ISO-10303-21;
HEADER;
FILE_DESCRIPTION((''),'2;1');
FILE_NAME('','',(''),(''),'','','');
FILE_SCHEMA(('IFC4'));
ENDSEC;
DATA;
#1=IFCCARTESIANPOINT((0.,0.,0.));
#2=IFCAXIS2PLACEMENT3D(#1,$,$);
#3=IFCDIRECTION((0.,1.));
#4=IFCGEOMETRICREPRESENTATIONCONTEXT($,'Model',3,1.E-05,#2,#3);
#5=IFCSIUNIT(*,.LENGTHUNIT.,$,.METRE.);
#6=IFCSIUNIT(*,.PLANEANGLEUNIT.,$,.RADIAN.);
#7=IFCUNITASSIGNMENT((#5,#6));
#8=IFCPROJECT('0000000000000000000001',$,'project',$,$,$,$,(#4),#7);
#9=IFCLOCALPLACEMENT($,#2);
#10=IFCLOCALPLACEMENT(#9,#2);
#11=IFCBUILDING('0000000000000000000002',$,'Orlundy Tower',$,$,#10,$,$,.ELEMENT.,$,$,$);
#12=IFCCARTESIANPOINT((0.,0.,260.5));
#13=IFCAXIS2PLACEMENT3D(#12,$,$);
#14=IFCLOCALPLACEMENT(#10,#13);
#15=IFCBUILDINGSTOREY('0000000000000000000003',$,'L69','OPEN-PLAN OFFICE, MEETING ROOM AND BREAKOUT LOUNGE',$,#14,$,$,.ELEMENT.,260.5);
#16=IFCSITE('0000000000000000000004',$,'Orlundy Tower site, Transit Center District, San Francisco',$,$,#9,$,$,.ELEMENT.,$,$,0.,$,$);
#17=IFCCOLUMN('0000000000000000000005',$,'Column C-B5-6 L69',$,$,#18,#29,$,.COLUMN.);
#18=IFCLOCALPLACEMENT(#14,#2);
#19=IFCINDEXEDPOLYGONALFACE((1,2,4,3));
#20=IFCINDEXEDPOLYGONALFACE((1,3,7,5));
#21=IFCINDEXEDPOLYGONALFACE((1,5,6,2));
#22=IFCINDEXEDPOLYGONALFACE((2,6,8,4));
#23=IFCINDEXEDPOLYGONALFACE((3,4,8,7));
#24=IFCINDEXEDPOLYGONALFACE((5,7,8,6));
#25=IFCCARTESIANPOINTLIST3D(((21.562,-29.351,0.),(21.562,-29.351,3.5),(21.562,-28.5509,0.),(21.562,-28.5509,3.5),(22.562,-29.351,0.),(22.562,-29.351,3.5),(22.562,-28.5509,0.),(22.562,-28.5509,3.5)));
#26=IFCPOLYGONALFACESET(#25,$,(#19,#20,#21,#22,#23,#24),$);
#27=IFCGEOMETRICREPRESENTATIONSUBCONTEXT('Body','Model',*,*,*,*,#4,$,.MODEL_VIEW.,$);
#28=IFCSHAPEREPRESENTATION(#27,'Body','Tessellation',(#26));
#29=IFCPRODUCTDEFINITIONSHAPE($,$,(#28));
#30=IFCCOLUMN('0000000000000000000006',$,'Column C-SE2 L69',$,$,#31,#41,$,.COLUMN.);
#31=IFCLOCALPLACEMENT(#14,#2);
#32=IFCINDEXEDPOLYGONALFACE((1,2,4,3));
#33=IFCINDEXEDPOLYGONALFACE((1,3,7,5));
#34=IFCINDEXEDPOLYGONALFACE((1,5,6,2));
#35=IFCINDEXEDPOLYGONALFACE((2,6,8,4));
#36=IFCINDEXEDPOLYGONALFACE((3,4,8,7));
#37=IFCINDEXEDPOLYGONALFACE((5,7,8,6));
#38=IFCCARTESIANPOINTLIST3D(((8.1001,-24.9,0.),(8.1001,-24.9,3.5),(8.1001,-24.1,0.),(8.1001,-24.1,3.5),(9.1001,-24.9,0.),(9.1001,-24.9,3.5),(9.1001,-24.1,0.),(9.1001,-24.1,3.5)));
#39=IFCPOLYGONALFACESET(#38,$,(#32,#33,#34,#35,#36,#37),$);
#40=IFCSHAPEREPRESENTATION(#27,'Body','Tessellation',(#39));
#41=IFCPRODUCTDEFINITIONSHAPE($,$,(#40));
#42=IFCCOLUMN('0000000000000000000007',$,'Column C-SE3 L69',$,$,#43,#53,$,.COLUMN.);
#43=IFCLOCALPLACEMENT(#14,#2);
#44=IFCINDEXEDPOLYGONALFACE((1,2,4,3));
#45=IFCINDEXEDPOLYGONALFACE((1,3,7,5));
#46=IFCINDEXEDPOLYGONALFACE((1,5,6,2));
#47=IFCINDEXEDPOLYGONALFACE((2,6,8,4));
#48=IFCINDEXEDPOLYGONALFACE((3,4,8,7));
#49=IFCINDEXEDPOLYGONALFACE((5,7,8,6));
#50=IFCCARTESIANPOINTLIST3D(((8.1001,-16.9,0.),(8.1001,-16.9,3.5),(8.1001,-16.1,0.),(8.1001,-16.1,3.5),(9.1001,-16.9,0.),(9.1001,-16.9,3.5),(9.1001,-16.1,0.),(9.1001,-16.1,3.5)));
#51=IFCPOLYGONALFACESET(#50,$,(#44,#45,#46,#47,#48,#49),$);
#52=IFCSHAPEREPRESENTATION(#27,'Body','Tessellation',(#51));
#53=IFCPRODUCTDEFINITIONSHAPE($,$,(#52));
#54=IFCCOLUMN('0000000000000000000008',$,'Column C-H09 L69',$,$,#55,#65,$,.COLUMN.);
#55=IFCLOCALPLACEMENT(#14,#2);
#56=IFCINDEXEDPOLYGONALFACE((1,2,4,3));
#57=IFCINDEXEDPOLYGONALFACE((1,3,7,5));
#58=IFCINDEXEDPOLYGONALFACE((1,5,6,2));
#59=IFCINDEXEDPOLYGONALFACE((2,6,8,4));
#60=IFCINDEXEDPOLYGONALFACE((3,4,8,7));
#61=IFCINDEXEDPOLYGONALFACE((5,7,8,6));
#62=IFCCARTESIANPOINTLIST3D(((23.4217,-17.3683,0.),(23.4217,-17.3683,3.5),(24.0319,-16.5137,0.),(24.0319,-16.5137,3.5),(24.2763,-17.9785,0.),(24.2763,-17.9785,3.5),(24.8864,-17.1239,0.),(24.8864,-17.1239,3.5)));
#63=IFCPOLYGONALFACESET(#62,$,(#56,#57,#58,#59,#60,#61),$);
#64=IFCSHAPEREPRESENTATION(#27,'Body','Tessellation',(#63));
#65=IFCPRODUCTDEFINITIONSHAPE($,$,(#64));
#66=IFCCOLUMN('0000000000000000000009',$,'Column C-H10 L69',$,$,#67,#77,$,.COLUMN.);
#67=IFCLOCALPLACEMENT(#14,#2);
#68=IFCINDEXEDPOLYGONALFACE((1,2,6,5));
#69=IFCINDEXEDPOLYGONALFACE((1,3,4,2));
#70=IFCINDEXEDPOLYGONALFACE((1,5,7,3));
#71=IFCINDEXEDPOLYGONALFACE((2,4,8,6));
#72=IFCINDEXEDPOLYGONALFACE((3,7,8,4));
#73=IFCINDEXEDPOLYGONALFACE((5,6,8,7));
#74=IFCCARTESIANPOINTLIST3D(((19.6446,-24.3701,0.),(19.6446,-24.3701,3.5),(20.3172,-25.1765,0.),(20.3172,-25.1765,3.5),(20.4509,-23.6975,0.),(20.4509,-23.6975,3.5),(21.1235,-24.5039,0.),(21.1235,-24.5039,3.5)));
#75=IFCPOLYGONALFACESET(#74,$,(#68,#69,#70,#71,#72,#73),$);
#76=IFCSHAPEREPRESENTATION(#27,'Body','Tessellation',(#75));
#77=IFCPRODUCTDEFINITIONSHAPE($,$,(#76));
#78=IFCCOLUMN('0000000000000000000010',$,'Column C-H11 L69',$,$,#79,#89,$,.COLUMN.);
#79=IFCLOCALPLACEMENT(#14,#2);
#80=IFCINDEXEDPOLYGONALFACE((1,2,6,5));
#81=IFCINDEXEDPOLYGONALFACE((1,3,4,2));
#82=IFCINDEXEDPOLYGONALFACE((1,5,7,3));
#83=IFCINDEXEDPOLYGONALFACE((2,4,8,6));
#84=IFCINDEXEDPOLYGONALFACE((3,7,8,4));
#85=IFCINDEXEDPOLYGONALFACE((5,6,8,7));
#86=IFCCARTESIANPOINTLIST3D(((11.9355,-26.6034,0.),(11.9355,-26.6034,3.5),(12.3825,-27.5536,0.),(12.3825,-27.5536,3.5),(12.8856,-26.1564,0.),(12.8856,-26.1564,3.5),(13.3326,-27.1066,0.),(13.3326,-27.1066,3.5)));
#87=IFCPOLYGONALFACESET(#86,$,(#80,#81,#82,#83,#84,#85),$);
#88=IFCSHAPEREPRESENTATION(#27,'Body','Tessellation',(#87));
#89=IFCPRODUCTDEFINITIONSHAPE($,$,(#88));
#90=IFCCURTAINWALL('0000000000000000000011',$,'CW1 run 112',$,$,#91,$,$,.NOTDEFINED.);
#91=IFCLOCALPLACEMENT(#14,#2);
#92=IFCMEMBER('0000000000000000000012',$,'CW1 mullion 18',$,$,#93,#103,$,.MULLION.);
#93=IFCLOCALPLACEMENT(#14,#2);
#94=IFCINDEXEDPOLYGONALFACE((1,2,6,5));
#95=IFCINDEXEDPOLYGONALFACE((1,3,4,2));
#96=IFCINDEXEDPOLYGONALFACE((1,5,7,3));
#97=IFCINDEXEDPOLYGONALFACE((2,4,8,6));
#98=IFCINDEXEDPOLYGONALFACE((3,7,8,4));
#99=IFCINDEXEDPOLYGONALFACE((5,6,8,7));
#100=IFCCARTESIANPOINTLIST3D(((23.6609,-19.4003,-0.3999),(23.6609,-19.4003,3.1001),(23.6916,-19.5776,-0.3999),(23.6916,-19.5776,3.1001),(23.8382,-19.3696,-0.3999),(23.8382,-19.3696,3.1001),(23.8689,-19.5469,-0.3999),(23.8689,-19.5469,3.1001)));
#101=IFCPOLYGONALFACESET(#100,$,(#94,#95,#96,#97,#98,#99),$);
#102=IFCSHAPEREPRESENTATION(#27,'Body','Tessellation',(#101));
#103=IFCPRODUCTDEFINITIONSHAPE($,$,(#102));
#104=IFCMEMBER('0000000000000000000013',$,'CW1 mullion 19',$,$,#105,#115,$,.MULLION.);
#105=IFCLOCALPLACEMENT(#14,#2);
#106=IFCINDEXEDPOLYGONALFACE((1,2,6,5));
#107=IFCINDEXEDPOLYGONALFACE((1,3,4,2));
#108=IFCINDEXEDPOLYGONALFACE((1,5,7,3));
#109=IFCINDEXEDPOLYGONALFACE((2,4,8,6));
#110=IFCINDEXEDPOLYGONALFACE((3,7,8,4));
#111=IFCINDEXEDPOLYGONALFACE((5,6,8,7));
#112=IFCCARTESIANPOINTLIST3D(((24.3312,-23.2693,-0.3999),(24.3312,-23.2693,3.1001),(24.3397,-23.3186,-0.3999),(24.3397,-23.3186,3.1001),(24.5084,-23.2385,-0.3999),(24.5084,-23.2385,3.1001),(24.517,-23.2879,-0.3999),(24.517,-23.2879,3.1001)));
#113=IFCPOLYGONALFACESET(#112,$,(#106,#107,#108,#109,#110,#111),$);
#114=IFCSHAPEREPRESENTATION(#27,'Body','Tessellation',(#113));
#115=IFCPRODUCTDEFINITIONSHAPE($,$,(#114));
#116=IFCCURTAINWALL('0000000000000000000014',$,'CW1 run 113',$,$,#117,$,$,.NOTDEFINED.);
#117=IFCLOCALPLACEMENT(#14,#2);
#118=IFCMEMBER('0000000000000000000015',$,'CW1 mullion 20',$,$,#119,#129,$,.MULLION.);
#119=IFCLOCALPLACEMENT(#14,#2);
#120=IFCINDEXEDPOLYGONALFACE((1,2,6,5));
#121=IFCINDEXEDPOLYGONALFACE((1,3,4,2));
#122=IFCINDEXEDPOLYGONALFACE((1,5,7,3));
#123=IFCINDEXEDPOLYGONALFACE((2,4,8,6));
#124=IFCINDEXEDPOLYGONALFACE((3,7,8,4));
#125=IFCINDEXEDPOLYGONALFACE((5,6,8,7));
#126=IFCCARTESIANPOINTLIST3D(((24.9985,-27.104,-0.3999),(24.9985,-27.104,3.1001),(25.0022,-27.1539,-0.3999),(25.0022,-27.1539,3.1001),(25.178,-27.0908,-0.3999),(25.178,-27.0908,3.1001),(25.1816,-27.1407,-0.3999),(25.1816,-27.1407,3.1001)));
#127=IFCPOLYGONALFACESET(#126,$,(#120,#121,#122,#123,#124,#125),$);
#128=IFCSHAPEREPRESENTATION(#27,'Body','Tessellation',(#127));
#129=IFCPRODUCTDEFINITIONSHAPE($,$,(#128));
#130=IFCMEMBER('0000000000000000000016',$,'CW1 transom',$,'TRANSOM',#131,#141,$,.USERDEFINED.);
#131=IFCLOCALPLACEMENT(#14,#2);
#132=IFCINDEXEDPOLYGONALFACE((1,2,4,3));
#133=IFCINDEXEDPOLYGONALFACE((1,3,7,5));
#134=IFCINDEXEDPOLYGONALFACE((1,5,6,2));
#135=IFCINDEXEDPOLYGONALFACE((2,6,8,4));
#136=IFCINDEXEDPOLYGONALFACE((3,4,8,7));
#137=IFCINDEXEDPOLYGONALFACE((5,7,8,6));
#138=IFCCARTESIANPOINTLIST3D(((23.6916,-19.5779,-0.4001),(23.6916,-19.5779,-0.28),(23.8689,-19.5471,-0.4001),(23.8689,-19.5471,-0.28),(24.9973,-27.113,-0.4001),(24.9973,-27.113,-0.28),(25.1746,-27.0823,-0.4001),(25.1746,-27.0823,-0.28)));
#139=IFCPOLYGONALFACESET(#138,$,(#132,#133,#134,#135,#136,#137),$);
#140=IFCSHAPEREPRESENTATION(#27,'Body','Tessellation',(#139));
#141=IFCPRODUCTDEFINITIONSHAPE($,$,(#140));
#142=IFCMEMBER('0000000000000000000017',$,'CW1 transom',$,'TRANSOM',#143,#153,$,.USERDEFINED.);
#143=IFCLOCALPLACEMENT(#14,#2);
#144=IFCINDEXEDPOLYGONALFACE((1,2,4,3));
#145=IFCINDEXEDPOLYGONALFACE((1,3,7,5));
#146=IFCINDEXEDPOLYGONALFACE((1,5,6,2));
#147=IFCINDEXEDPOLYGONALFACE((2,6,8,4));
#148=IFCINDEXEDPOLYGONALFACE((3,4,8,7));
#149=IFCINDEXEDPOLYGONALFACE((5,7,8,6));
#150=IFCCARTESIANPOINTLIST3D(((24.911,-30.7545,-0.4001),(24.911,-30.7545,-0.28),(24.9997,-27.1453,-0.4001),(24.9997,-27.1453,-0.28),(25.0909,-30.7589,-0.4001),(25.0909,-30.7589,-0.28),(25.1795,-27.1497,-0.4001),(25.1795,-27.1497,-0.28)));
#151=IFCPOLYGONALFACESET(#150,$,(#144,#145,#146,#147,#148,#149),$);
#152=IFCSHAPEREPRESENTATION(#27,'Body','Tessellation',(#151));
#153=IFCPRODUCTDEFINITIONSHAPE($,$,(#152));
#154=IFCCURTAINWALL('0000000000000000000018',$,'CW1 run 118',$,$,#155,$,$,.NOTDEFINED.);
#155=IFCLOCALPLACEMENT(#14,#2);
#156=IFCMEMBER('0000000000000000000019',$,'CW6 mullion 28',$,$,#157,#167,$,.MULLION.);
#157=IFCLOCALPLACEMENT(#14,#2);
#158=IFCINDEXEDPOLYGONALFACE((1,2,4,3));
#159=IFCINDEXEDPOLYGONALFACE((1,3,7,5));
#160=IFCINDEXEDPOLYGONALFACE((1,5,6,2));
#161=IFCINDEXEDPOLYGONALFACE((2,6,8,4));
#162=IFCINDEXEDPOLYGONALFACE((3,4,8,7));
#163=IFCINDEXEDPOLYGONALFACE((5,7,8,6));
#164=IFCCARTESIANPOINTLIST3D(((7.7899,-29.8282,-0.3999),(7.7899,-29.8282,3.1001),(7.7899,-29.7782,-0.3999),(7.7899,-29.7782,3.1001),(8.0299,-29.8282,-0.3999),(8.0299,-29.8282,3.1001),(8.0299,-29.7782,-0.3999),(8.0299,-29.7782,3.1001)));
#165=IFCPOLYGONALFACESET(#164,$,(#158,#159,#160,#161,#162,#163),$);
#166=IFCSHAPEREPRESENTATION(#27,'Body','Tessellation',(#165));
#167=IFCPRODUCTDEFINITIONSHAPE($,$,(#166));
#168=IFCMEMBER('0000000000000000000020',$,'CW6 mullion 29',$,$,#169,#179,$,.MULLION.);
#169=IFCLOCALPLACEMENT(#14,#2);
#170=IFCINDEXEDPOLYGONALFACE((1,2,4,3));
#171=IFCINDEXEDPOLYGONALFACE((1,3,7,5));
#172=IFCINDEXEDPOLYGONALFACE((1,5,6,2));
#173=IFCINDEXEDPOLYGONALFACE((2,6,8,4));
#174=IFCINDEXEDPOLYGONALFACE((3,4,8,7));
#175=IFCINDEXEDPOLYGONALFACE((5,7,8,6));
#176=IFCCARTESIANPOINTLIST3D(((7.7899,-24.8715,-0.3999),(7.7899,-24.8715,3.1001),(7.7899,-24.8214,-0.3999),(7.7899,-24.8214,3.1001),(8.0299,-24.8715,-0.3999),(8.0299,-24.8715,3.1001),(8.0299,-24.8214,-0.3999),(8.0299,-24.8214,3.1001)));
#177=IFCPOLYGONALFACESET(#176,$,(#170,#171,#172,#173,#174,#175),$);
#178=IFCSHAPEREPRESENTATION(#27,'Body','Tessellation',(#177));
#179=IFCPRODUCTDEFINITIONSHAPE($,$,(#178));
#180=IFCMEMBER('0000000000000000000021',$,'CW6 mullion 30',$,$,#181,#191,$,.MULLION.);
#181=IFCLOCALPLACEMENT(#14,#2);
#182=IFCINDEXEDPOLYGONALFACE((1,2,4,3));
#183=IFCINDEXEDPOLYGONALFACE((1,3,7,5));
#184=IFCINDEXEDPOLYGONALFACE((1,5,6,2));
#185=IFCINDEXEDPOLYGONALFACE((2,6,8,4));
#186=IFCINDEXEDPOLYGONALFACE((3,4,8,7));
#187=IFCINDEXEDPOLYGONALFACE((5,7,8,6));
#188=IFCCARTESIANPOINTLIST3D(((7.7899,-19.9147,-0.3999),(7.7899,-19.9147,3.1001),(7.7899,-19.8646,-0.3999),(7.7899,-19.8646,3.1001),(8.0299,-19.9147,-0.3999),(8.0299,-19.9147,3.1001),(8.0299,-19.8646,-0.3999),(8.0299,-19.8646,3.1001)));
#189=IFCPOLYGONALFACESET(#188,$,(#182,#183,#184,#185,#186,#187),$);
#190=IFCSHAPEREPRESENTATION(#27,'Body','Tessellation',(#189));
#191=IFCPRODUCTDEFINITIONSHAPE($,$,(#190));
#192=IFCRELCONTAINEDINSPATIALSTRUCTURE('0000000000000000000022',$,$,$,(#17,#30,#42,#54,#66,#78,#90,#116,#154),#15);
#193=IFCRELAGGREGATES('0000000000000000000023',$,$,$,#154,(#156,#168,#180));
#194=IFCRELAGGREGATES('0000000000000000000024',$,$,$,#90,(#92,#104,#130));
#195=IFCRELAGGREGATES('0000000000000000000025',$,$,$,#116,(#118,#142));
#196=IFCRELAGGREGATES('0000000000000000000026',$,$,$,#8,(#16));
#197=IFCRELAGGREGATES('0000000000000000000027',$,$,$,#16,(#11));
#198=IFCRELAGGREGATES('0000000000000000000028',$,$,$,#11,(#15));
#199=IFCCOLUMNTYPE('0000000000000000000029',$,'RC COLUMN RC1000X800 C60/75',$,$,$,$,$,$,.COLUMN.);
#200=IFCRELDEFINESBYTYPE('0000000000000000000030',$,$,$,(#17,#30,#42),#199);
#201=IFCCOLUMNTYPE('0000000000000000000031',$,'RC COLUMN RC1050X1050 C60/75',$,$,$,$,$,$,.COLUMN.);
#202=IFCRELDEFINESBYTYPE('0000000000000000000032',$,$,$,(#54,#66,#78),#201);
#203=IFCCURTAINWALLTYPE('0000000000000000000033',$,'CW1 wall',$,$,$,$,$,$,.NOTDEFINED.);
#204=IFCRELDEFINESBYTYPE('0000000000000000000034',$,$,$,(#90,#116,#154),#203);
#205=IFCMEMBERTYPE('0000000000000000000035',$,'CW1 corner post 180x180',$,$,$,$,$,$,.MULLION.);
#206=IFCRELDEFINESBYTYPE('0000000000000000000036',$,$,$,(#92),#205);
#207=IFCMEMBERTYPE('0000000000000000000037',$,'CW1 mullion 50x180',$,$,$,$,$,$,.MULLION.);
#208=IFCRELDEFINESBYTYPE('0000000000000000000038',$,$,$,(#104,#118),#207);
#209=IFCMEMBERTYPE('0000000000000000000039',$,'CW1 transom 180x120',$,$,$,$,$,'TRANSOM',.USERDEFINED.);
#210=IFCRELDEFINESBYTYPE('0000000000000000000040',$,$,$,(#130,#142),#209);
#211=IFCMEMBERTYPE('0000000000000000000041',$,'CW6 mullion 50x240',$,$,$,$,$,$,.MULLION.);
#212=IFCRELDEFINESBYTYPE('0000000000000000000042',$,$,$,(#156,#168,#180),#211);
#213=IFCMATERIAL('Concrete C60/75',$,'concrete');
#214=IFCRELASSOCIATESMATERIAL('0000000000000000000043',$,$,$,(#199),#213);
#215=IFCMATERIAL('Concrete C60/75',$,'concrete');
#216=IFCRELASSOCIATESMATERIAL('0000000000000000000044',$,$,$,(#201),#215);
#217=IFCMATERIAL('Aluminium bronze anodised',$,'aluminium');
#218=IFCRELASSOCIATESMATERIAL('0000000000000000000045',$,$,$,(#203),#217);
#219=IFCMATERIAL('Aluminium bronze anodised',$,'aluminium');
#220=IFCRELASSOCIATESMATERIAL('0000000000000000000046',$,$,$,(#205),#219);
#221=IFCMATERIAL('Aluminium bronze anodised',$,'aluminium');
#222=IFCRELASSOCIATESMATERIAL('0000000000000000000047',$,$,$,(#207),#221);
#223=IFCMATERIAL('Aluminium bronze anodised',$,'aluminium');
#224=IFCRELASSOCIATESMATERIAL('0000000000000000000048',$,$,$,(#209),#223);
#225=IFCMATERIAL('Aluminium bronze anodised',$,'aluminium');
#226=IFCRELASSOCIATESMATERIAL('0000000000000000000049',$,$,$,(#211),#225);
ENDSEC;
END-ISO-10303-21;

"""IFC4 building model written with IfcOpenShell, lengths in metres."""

from ifc_helpers import new_model, si_unit, direction, frame, origin, origin_2d, place, context, subcontext, project, spatial, rectangle, extrude, material, material_profile, profile_set, type_object, element, aggregate, save


model = new_model("IFC4")

# Units and contexts
model_context = context("Model", 3, precision=1e-05, world=origin(), true_north=direction((0.0, 1.0)))
body_context = subcontext(model_context, "Body", "Model", "MODEL_VIEW")
ifc_project = project(units=[si_unit("LENGTHUNIT", "METRE"), si_unit("PLANEANGLEUNIT", "RADIAN")], contexts=[model_context])

# Site, building, storey
site_placement = place(None, origin())
site = spatial("IfcSite", under=ifc_project, at=site_placement, Name="Orlundy Tower site, Transit Center District, San Francisco", CompositionType="ELEMENT", RefElevation=0.0)
building_placement = place(site_placement, origin())
building = spatial("IfcBuilding", under=site, at=building_placement, Name="Orlundy Tower", CompositionType="ELEMENT")
storey_placement = place(building_placement, frame((0.0, 0.0, 260.5)))
storey = spatial("IfcBuildingStorey", under=building, at=storey_placement, Name="L69", Description="OPEN-PLAN OFFICE, MEETING ROOM AND BREAKOUT LOUNGE", CompositionType="ELEMENT", Elevation=260.5)

# Columns
ifc_material_1 = material(Name="Concrete C60/75", Category="concrete")
ifc_material_profile_1 = material_profile(ifc_material_1, rectangle(XDim=1.0, YDim=0.8, at=origin_2d()), Name="RC1000X800")
ifc_profile_set_1 = profile_set([ifc_material_profile_1], Name="Concrete C60/75")
column_type_1 = type_object("IfcColumnType", Name="RC COLUMN RC1000X800 C60/75", PredefinedType="COLUMN", material=ifc_profile_set_1)
for number, where, z_axis, x_axis, name in (
    (1, (22.062, -28.9509, 0.0), (0.0, 0.0, 1.0), (1.0, 0.0, 0.0), "Column C-B5-6 L69"),
    (2, (8.6001, -24.5, 0.0), (0.0, 0.0, 1.0), (1.0, 0.0, 0.0), "Column C-SE2 L69"),
    (3, (8.6001, -16.5, 0.0), (0.0, 0.0, 1.0), (1.0, 0.0, 0.0), "Column C-SE3 L69"),
):
    element("IfcColumn", number, at=place(storey_placement, frame(where, z_axis=z_axis, x_axis=x_axis)), inside=storey, type_object=column_type_1, Name=name, PredefinedType="COLUMN", context=body_context, shape_type="SweptSolid", body=[
        extrude(rectangle(XDim=1.0, YDim=0.8, at=origin_2d()), origin(), (0.0, 0.0, 1.0), 3.5),
    ])
ifc_material_2 = material(Name="Concrete C60/75", Category="concrete")
ifc_material_profile_2 = material_profile(ifc_material_2, rectangle(XDim=1.05, YDim=1.05, at=origin_2d()), Name="RC1050X1050")
ifc_profile_set_2 = profile_set([ifc_material_profile_2], Name="Concrete C60/75")
column_type_2 = type_object("IfcColumnType", Name="RC COLUMN RC1050X1050 C60/75", PredefinedType="COLUMN", material=ifc_profile_set_2)
for number, where, z_axis, x_axis, name in (
    (4, (24.1541, -17.2461, 0.0), (0.0, 0.0, 1.0), (0.813842, -0.581087, 0.0), "Column C-H09 L69"),
    (5, (20.384, -24.437, 0.0), (0.0, 0.0, 1.0), (0.640552, -0.767915, 0.0), "Column C-H10 L69"),
    (6, (12.634, -26.855, 0.0), (0.0, 0.0, 1.0), (0.4257, -0.904864, 0.0), "Column C-H11 L69"),
):
    element("IfcColumn", number, at=place(storey_placement, frame(where, z_axis=z_axis, x_axis=x_axis)), inside=storey, type_object=column_type_2, Name=name, PredefinedType="COLUMN", context=body_context, shape_type="SweptSolid", body=[
        extrude(rectangle(XDim=1.05, YDim=1.05, at=origin_2d()), origin(), (0.0, 0.0, 1.0), 3.5),
    ])

# Curtain wall, members
ifc_material_3 = material(Name="Aluminium bronze anodised", Category="aluminium")
curtain_wall_type = type_object("IfcCurtainWallType", Name="CW1 wall", PredefinedType="NOTDEFINED", material=ifc_material_3)
curtain_wall_1_placement = place(storey_placement, origin())
curtain_wall_1 = element("IfcCurtainWall", 7, at=curtain_wall_1_placement, inside=storey, type_object=curtain_wall_type, Name="CW1 run 112", PredefinedType="NOTDEFINED")
ifc_material_4 = material(Name="Aluminium bronze anodised", Category="aluminium")
ifc_material_profile_3 = material_profile(ifc_material_4, rectangle(XDim=0.1799, YDim=0.1799, at=origin_2d()), Name="CW1 corner post 180x180")
ifc_profile_set_3 = profile_set([ifc_material_profile_3], Name="Aluminium bronze anodised")
member_type_1 = type_object("IfcMemberType", Name="CW1 corner post 180x180", PredefinedType="MULLION", material=ifc_profile_set_3)
member_1_placement = place(storey_placement, frame((23.7649, -19.4736, -0.3999), z_axis=(0.0, 0.0, 1.0), x_axis=(0.985318, 0.170729, 0.0)))
member_1 = element("IfcMember", 8, at=member_1_placement, type_object=member_type_1, Name="CW1 mullion 18", PredefinedType="MULLION", context=body_context, shape_type="SweptSolid", body=[
    extrude(rectangle(XDim=0.1799, YDim=0.1799, at=origin_2d()), origin(), (0.0, 0.0, 1.0), 3.5),
])
ifc_material_5 = material(Name="Aluminium bronze anodised", Category="aluminium")
ifc_material_profile_4 = material_profile(ifc_material_5, rectangle(XDim=0.1799, YDim=0.05, at=origin_2d()), Name="CW1 mullion 50x180")
ifc_profile_set_4 = profile_set([ifc_material_profile_4], Name="Aluminium bronze anodised")
member_type_2 = type_object("IfcMemberType", Name="CW1 mullion 50x180", PredefinedType="MULLION", material=ifc_profile_set_4)
member_2_placement = place(storey_placement, frame((24.4241, -23.2786, -0.3999), z_axis=(0.0, 0.0, 1.0), x_axis=(0.985318, 0.170729, 0.0)))
member_2 = element("IfcMember", 9, at=member_2_placement, type_object=member_type_2, Name="CW1 mullion 19", PredefinedType="MULLION", context=body_context, shape_type="SweptSolid", body=[
    extrude(rectangle(XDim=0.1799, YDim=0.05, at=origin_2d()), origin(), (0.0, 0.0, 1.0), 3.5),
])

# Curtain wall, member
curtain_wall_2_placement = place(storey_placement, origin())
curtain_wall_2 = element("IfcCurtainWall", 10, at=curtain_wall_2_placement, inside=storey, type_object=curtain_wall_type, Name="CW1 run 113", PredefinedType="NOTDEFINED")
member_3_placement = place(storey_placement, frame((25.0901, -27.1223, -0.3999), z_axis=(0.0, 0.0, 1.0), x_axis=(0.9973, 0.07344, 0.0)))
member_3 = element("IfcMember", 11, at=member_3_placement, type_object=member_type_2, Name="CW1 mullion 20", PredefinedType="MULLION", context=body_context, shape_type="SweptSolid", body=[
    extrude(rectangle(XDim=0.1799, YDim=0.05, at=origin_2d()), origin(), (0.0, 0.0, 1.0), 3.5),
])

# Members
ifc_material_6 = material(Name="Aluminium bronze anodised", Category="aluminium")
ifc_material_profile_5 = material_profile(ifc_material_6, rectangle(XDim=0.1799, YDim=0.1201, at=origin_2d()), Name="CW1 transom 180x120")
ifc_profile_set_5 = profile_set([ifc_material_profile_5], Name="Aluminium bronze anodised")
member_type_3 = type_object("IfcMemberType", Name="CW1 transom 180x120", ElementType="TRANSOM", PredefinedType="USERDEFINED", material=ifc_profile_set_5)
member_4_placement = place(storey_placement, frame((23.7803, -19.5625, -0.3401), z_axis=(0.170732, -0.985317, 0.0), x_axis=(0.985317, 0.170732, 0.0)))
member_4 = element("IfcMember", 12, at=member_4_placement, type_object=member_type_3, Name="CW1 transom", ObjectType="TRANSOM", PredefinedType="USERDEFINED", context=body_context, shape_type="SweptSolid", body=[
    extrude(rectangle(XDim=0.1799, YDim=0.1201, at=origin_2d()), origin(), (0.0, 0.0, 1.0), 7.6475),
])
member_5_placement = place(storey_placement, frame((25.0896, -27.1475, -0.3401), z_axis=(-0.024546, -0.999699, 0.0), x_axis=(0.999699, -0.024546, 0.0)))
member_5 = element("IfcMember", 13, at=member_5_placement, type_object=member_type_3, Name="CW1 transom", ObjectType="TRANSOM", PredefinedType="USERDEFINED", context=body_context, shape_type="SweptSolid", body=[
    extrude(rectangle(XDim=0.1799, YDim=0.1201, at=origin_2d()), origin(), (0.0, 0.0, 1.0), 3.6104),
])

# Curtain wall, members
curtain_wall_3_placement = place(storey_placement, origin())
curtain_wall_3 = element("IfcCurtainWall", 14, at=curtain_wall_3_placement, inside=storey, type_object=curtain_wall_type, Name="CW1 run 118", PredefinedType="NOTDEFINED")
ifc_material_7 = material(Name="Aluminium bronze anodised", Category="aluminium")
ifc_material_profile_6 = material_profile(ifc_material_7, rectangle(XDim=0.24, YDim=0.05, at=origin_2d()), Name="CW6 mullion 50x240")
ifc_profile_set_6 = profile_set([ifc_material_profile_6], Name="Aluminium bronze anodised")
member_type_4 = type_object("IfcMemberType", Name="CW6 mullion 50x240", PredefinedType="MULLION", material=ifc_profile_set_6)
member_6_placement = place(storey_placement, frame((7.9099, -29.8032, -0.3999), z_axis=(0.0, 0.0, 1.0), x_axis=(-1.0, 0.0, 0.0)))
member_6 = element("IfcMember", 15, at=member_6_placement, type_object=member_type_4, Name="CW6 mullion 28", PredefinedType="MULLION", context=body_context, shape_type="SweptSolid", body=[
    extrude(rectangle(XDim=0.24, YDim=0.05, at=origin_2d()), origin(), (0.0, 0.0, 1.0), 3.5),
])
member_7_placement = place(storey_placement, frame((7.9099, -24.8464, -0.3999), z_axis=(0.0, 0.0, 1.0), x_axis=(-1.0, 0.0, 0.0)))
member_7 = element("IfcMember", 16, at=member_7_placement, type_object=member_type_4, Name="CW6 mullion 29", PredefinedType="MULLION", context=body_context, shape_type="SweptSolid", body=[
    extrude(rectangle(XDim=0.24, YDim=0.05, at=origin_2d()), origin(), (0.0, 0.0, 1.0), 3.5),
])
member_8_placement = place(storey_placement, frame((7.9099, -19.8896, -0.3999), z_axis=(0.0, 0.0, 1.0), x_axis=(-1.0, 0.0, 0.0)))
member_8 = element("IfcMember", 17, at=member_8_placement, type_object=member_type_4, Name="CW6 mullion 30", PredefinedType="MULLION", context=body_context, shape_type="SweptSolid", body=[
    extrude(rectangle(XDim=0.24, YDim=0.05, at=origin_2d()), origin(), (0.0, 0.0, 1.0), 3.5),
])
aggregate(curtain_wall_3, [member_6, member_7, member_8])

aggregate(curtain_wall_1, [member_1, member_2, member_4])
aggregate(curtain_wall_2, [member_3, member_5])

save(model, "model.ifc")
